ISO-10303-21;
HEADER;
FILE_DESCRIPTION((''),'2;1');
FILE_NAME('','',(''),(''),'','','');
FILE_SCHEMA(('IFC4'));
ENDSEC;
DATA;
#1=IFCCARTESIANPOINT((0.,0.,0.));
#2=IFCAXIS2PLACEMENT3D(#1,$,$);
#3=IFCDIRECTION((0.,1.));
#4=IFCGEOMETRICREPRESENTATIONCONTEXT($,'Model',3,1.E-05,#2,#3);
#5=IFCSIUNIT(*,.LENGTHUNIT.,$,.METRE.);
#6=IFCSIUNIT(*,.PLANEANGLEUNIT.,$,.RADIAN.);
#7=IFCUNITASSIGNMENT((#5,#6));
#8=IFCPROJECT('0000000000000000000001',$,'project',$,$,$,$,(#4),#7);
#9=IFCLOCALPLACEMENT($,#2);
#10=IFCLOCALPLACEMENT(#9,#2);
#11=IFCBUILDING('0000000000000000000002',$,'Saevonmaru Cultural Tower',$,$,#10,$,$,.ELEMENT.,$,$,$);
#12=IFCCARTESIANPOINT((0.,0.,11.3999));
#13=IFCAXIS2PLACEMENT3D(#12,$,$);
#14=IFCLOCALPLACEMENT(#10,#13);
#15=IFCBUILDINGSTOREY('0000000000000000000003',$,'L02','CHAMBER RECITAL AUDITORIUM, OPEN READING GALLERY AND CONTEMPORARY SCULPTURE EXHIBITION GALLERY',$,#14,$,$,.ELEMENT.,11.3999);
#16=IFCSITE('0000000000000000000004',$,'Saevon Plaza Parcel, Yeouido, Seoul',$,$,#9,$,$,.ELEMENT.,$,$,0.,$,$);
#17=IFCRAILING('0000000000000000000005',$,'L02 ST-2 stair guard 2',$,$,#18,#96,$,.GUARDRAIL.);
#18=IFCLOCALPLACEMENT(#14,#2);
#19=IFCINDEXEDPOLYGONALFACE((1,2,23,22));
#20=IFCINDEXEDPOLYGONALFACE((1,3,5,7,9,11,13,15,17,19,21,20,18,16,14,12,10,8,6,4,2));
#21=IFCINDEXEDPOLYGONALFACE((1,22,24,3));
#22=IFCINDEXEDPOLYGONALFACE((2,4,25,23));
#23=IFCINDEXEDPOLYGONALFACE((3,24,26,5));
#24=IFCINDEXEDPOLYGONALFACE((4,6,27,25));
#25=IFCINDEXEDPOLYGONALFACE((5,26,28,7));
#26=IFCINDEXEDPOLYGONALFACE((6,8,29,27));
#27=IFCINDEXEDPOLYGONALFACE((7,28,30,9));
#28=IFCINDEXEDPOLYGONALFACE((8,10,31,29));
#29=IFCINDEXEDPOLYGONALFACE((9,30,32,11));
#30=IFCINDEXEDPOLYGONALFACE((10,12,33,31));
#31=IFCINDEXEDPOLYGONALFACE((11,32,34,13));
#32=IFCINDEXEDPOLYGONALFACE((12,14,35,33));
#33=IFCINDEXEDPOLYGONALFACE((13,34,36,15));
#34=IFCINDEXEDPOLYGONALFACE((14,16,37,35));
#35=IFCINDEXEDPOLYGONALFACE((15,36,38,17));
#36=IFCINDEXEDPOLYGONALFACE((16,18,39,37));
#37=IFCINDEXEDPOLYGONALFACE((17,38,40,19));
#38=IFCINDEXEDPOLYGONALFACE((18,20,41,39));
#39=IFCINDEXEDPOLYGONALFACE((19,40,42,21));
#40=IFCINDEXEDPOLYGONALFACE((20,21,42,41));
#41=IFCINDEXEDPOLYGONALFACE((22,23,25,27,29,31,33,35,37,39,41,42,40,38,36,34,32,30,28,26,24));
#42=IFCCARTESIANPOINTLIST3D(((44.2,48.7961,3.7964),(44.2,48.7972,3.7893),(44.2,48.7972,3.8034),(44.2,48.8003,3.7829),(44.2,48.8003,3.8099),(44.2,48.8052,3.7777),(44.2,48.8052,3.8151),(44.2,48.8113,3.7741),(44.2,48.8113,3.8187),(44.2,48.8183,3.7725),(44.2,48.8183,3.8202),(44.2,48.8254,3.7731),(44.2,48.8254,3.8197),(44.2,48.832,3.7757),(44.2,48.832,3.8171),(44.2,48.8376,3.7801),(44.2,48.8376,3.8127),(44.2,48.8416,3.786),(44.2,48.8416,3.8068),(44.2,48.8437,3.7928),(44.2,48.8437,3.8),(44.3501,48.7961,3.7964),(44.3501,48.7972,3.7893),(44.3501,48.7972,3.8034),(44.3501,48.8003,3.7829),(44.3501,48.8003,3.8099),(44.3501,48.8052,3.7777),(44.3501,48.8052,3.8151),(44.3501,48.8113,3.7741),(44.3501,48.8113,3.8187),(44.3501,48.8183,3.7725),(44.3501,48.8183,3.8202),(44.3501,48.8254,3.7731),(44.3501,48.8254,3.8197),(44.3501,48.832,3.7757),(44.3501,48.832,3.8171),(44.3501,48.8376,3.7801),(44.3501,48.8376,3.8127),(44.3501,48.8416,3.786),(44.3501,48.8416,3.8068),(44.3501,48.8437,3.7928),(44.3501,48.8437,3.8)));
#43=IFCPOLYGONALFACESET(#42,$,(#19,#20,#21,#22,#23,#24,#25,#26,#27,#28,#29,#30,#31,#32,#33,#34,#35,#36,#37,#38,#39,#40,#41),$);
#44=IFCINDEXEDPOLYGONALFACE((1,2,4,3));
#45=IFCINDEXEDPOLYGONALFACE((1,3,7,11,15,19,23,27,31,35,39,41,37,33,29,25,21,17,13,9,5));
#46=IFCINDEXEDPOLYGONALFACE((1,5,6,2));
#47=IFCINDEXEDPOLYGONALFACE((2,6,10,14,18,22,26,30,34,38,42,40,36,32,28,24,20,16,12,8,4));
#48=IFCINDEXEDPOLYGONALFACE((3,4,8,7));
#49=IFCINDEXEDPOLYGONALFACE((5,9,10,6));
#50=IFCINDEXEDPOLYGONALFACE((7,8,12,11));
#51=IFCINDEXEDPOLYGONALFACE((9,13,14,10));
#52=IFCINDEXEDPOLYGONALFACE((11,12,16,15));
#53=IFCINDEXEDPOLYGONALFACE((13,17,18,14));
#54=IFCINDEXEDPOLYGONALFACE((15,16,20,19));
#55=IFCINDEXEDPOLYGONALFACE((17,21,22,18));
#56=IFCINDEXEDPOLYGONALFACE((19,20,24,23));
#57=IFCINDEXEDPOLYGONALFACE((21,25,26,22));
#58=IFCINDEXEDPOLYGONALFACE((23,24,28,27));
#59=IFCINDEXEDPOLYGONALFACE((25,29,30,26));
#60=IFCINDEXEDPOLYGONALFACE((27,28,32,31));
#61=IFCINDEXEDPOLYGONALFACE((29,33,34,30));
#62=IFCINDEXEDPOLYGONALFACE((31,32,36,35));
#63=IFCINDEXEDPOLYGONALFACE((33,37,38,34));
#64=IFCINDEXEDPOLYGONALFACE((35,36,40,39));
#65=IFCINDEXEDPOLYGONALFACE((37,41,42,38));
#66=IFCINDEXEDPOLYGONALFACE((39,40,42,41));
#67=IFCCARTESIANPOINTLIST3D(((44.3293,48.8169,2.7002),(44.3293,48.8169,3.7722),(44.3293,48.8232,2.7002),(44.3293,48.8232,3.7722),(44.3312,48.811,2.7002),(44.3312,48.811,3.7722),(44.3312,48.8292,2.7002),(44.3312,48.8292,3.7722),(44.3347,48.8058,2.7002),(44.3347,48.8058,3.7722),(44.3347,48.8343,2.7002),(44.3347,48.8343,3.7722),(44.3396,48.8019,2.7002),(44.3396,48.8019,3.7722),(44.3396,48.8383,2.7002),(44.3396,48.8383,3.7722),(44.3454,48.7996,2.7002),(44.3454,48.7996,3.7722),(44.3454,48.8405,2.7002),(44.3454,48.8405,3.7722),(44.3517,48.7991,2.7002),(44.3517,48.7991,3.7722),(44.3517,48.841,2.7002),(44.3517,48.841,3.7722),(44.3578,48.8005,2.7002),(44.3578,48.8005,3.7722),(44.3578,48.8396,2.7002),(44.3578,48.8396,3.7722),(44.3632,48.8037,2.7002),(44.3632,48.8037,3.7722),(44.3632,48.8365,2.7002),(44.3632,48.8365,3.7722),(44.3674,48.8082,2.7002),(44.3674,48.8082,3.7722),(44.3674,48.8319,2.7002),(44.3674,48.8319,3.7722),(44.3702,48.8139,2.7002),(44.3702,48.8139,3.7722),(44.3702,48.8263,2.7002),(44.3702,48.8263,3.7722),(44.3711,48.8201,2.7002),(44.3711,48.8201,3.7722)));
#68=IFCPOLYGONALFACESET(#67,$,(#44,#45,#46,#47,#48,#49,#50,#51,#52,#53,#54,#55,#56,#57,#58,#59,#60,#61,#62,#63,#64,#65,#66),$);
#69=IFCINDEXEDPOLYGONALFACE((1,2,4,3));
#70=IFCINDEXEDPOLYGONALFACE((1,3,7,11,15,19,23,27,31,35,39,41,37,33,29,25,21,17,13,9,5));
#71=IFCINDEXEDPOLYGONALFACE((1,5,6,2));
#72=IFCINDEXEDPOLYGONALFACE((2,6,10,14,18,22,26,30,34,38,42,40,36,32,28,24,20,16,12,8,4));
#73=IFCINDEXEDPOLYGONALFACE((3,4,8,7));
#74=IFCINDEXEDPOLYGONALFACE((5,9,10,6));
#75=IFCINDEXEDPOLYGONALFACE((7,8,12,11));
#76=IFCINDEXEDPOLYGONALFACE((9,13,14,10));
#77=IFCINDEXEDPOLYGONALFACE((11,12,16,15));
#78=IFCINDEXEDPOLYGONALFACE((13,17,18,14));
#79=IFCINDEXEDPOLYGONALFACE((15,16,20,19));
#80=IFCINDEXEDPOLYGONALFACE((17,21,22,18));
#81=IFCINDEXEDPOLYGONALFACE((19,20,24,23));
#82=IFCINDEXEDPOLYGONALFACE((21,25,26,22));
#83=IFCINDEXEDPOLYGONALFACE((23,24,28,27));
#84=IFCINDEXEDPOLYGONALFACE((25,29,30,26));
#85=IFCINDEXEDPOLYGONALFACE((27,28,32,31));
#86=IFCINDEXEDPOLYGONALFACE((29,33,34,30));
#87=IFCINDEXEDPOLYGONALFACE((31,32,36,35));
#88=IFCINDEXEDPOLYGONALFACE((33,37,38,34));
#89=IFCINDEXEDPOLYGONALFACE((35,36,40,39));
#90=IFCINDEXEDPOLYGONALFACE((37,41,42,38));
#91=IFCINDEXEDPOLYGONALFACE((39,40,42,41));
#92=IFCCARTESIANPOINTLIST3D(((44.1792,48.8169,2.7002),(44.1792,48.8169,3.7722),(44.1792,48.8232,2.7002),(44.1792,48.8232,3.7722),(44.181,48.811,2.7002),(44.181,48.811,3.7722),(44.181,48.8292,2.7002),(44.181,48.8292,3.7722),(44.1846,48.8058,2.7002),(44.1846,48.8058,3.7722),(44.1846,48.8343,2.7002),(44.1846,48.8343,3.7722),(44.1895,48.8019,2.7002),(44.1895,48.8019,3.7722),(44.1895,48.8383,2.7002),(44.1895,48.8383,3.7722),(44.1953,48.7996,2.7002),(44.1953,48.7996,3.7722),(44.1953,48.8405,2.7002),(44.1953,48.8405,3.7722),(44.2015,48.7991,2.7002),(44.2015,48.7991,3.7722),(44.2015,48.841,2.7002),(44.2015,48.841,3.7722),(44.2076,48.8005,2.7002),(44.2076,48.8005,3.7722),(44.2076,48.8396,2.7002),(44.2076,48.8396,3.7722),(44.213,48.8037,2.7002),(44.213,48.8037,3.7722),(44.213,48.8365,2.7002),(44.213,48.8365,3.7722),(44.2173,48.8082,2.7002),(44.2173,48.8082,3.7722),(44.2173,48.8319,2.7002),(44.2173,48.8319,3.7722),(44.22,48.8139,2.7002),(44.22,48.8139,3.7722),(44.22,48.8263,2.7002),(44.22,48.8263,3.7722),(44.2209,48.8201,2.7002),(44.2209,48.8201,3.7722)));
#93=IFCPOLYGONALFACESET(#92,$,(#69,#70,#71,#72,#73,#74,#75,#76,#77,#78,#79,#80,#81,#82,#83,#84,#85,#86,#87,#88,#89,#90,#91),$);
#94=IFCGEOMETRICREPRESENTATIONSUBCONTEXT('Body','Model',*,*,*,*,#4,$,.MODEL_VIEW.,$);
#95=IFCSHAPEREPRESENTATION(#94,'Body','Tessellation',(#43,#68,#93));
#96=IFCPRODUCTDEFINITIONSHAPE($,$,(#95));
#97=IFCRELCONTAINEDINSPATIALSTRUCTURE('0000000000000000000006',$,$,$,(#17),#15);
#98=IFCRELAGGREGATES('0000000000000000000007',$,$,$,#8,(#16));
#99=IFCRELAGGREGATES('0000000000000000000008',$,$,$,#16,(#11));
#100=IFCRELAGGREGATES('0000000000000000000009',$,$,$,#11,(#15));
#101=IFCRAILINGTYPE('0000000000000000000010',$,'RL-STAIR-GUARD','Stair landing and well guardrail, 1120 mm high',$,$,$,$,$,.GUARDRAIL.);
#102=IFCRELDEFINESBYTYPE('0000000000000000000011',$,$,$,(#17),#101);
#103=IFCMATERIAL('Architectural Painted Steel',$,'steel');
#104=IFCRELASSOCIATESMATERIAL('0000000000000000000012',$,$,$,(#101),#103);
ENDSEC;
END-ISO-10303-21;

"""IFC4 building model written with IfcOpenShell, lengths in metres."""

from ifc_helpers import new_model, si_unit, direction, frame, origin, origin_2d, place, context, subcontext, project, spatial, circle, extrude, material, type_object, element, save


model = new_model("IFC4")

# Units and contexts
model_context = context("Model", 3, precision=1e-05, world=origin(), true_north=direction((0.0, 1.0)))
body_context = subcontext(model_context, "Body", "Model", "MODEL_VIEW")
ifc_project = project(units=[si_unit("LENGTHUNIT", "METRE"), si_unit("PLANEANGLEUNIT", "RADIAN")], contexts=[model_context])

# Site, building, storey
site_placement = place(None, origin())
site = spatial("IfcSite", under=ifc_project, at=site_placement, Name="Saevon Plaza Parcel, Yeouido, Seoul", CompositionType="ELEMENT", RefElevation=0.0)
building_placement = place(site_placement, origin())
building = spatial("IfcBuilding", under=site, at=building_placement, Name="Saevonmaru Cultural Tower", CompositionType="ELEMENT")
storey_placement = place(building_placement, frame((0.0, 0.0, 11.3999)))
storey = spatial("IfcBuildingStorey", under=building, at=storey_placement, Name="L02", Description="CHAMBER RECITAL AUDITORIUM, OPEN READING GALLERY AND CONTEMPORARY SCULPTURE EXHIBITION GALLERY", CompositionType="ELEMENT", Elevation=11.3999)

# Railing
ifc_material_1 = material(Name="Architectural Painted Steel", Category="steel")
railing_type_1 = type_object("IfcRailingType", Name="RL-STAIR-GUARD", Description="Stair landing and well guardrail, 1120 mm high", PredefinedType="GUARDRAIL", material=ifc_material_1)
railing_1_placement = place(storey_placement, frame((44.3501, 48.8201, 2.7002)))
element("IfcRailing", 1, at=railing_1_placement, inside=storey, type_object=railing_type_1, Name="L02 ST-2 stair guard 2", PredefinedType="GUARDRAIL", context=body_context, shape_type="SweptSolid", body=[
    extrude(circle(Radius=0.0239, at=origin_2d()), frame((0.0, 0.0, 1.0962), z_axis=(-1.0, 0.0, 0.0), x_axis=(0.0, -1.0, 0.0)), (0.0, 0.0, 1.0), 0.1501),
    extrude(circle(Radius=0.021, at=origin_2d()), origin(), (0.0, 0.0, 1.0), 1.072),
    extrude(circle(Radius=0.021, at=origin_2d()), frame((-0.1501, 0.0, 0.0)), (0.0, 0.0, 1.0), 1.072),
])

save(model, "model.ifc")
